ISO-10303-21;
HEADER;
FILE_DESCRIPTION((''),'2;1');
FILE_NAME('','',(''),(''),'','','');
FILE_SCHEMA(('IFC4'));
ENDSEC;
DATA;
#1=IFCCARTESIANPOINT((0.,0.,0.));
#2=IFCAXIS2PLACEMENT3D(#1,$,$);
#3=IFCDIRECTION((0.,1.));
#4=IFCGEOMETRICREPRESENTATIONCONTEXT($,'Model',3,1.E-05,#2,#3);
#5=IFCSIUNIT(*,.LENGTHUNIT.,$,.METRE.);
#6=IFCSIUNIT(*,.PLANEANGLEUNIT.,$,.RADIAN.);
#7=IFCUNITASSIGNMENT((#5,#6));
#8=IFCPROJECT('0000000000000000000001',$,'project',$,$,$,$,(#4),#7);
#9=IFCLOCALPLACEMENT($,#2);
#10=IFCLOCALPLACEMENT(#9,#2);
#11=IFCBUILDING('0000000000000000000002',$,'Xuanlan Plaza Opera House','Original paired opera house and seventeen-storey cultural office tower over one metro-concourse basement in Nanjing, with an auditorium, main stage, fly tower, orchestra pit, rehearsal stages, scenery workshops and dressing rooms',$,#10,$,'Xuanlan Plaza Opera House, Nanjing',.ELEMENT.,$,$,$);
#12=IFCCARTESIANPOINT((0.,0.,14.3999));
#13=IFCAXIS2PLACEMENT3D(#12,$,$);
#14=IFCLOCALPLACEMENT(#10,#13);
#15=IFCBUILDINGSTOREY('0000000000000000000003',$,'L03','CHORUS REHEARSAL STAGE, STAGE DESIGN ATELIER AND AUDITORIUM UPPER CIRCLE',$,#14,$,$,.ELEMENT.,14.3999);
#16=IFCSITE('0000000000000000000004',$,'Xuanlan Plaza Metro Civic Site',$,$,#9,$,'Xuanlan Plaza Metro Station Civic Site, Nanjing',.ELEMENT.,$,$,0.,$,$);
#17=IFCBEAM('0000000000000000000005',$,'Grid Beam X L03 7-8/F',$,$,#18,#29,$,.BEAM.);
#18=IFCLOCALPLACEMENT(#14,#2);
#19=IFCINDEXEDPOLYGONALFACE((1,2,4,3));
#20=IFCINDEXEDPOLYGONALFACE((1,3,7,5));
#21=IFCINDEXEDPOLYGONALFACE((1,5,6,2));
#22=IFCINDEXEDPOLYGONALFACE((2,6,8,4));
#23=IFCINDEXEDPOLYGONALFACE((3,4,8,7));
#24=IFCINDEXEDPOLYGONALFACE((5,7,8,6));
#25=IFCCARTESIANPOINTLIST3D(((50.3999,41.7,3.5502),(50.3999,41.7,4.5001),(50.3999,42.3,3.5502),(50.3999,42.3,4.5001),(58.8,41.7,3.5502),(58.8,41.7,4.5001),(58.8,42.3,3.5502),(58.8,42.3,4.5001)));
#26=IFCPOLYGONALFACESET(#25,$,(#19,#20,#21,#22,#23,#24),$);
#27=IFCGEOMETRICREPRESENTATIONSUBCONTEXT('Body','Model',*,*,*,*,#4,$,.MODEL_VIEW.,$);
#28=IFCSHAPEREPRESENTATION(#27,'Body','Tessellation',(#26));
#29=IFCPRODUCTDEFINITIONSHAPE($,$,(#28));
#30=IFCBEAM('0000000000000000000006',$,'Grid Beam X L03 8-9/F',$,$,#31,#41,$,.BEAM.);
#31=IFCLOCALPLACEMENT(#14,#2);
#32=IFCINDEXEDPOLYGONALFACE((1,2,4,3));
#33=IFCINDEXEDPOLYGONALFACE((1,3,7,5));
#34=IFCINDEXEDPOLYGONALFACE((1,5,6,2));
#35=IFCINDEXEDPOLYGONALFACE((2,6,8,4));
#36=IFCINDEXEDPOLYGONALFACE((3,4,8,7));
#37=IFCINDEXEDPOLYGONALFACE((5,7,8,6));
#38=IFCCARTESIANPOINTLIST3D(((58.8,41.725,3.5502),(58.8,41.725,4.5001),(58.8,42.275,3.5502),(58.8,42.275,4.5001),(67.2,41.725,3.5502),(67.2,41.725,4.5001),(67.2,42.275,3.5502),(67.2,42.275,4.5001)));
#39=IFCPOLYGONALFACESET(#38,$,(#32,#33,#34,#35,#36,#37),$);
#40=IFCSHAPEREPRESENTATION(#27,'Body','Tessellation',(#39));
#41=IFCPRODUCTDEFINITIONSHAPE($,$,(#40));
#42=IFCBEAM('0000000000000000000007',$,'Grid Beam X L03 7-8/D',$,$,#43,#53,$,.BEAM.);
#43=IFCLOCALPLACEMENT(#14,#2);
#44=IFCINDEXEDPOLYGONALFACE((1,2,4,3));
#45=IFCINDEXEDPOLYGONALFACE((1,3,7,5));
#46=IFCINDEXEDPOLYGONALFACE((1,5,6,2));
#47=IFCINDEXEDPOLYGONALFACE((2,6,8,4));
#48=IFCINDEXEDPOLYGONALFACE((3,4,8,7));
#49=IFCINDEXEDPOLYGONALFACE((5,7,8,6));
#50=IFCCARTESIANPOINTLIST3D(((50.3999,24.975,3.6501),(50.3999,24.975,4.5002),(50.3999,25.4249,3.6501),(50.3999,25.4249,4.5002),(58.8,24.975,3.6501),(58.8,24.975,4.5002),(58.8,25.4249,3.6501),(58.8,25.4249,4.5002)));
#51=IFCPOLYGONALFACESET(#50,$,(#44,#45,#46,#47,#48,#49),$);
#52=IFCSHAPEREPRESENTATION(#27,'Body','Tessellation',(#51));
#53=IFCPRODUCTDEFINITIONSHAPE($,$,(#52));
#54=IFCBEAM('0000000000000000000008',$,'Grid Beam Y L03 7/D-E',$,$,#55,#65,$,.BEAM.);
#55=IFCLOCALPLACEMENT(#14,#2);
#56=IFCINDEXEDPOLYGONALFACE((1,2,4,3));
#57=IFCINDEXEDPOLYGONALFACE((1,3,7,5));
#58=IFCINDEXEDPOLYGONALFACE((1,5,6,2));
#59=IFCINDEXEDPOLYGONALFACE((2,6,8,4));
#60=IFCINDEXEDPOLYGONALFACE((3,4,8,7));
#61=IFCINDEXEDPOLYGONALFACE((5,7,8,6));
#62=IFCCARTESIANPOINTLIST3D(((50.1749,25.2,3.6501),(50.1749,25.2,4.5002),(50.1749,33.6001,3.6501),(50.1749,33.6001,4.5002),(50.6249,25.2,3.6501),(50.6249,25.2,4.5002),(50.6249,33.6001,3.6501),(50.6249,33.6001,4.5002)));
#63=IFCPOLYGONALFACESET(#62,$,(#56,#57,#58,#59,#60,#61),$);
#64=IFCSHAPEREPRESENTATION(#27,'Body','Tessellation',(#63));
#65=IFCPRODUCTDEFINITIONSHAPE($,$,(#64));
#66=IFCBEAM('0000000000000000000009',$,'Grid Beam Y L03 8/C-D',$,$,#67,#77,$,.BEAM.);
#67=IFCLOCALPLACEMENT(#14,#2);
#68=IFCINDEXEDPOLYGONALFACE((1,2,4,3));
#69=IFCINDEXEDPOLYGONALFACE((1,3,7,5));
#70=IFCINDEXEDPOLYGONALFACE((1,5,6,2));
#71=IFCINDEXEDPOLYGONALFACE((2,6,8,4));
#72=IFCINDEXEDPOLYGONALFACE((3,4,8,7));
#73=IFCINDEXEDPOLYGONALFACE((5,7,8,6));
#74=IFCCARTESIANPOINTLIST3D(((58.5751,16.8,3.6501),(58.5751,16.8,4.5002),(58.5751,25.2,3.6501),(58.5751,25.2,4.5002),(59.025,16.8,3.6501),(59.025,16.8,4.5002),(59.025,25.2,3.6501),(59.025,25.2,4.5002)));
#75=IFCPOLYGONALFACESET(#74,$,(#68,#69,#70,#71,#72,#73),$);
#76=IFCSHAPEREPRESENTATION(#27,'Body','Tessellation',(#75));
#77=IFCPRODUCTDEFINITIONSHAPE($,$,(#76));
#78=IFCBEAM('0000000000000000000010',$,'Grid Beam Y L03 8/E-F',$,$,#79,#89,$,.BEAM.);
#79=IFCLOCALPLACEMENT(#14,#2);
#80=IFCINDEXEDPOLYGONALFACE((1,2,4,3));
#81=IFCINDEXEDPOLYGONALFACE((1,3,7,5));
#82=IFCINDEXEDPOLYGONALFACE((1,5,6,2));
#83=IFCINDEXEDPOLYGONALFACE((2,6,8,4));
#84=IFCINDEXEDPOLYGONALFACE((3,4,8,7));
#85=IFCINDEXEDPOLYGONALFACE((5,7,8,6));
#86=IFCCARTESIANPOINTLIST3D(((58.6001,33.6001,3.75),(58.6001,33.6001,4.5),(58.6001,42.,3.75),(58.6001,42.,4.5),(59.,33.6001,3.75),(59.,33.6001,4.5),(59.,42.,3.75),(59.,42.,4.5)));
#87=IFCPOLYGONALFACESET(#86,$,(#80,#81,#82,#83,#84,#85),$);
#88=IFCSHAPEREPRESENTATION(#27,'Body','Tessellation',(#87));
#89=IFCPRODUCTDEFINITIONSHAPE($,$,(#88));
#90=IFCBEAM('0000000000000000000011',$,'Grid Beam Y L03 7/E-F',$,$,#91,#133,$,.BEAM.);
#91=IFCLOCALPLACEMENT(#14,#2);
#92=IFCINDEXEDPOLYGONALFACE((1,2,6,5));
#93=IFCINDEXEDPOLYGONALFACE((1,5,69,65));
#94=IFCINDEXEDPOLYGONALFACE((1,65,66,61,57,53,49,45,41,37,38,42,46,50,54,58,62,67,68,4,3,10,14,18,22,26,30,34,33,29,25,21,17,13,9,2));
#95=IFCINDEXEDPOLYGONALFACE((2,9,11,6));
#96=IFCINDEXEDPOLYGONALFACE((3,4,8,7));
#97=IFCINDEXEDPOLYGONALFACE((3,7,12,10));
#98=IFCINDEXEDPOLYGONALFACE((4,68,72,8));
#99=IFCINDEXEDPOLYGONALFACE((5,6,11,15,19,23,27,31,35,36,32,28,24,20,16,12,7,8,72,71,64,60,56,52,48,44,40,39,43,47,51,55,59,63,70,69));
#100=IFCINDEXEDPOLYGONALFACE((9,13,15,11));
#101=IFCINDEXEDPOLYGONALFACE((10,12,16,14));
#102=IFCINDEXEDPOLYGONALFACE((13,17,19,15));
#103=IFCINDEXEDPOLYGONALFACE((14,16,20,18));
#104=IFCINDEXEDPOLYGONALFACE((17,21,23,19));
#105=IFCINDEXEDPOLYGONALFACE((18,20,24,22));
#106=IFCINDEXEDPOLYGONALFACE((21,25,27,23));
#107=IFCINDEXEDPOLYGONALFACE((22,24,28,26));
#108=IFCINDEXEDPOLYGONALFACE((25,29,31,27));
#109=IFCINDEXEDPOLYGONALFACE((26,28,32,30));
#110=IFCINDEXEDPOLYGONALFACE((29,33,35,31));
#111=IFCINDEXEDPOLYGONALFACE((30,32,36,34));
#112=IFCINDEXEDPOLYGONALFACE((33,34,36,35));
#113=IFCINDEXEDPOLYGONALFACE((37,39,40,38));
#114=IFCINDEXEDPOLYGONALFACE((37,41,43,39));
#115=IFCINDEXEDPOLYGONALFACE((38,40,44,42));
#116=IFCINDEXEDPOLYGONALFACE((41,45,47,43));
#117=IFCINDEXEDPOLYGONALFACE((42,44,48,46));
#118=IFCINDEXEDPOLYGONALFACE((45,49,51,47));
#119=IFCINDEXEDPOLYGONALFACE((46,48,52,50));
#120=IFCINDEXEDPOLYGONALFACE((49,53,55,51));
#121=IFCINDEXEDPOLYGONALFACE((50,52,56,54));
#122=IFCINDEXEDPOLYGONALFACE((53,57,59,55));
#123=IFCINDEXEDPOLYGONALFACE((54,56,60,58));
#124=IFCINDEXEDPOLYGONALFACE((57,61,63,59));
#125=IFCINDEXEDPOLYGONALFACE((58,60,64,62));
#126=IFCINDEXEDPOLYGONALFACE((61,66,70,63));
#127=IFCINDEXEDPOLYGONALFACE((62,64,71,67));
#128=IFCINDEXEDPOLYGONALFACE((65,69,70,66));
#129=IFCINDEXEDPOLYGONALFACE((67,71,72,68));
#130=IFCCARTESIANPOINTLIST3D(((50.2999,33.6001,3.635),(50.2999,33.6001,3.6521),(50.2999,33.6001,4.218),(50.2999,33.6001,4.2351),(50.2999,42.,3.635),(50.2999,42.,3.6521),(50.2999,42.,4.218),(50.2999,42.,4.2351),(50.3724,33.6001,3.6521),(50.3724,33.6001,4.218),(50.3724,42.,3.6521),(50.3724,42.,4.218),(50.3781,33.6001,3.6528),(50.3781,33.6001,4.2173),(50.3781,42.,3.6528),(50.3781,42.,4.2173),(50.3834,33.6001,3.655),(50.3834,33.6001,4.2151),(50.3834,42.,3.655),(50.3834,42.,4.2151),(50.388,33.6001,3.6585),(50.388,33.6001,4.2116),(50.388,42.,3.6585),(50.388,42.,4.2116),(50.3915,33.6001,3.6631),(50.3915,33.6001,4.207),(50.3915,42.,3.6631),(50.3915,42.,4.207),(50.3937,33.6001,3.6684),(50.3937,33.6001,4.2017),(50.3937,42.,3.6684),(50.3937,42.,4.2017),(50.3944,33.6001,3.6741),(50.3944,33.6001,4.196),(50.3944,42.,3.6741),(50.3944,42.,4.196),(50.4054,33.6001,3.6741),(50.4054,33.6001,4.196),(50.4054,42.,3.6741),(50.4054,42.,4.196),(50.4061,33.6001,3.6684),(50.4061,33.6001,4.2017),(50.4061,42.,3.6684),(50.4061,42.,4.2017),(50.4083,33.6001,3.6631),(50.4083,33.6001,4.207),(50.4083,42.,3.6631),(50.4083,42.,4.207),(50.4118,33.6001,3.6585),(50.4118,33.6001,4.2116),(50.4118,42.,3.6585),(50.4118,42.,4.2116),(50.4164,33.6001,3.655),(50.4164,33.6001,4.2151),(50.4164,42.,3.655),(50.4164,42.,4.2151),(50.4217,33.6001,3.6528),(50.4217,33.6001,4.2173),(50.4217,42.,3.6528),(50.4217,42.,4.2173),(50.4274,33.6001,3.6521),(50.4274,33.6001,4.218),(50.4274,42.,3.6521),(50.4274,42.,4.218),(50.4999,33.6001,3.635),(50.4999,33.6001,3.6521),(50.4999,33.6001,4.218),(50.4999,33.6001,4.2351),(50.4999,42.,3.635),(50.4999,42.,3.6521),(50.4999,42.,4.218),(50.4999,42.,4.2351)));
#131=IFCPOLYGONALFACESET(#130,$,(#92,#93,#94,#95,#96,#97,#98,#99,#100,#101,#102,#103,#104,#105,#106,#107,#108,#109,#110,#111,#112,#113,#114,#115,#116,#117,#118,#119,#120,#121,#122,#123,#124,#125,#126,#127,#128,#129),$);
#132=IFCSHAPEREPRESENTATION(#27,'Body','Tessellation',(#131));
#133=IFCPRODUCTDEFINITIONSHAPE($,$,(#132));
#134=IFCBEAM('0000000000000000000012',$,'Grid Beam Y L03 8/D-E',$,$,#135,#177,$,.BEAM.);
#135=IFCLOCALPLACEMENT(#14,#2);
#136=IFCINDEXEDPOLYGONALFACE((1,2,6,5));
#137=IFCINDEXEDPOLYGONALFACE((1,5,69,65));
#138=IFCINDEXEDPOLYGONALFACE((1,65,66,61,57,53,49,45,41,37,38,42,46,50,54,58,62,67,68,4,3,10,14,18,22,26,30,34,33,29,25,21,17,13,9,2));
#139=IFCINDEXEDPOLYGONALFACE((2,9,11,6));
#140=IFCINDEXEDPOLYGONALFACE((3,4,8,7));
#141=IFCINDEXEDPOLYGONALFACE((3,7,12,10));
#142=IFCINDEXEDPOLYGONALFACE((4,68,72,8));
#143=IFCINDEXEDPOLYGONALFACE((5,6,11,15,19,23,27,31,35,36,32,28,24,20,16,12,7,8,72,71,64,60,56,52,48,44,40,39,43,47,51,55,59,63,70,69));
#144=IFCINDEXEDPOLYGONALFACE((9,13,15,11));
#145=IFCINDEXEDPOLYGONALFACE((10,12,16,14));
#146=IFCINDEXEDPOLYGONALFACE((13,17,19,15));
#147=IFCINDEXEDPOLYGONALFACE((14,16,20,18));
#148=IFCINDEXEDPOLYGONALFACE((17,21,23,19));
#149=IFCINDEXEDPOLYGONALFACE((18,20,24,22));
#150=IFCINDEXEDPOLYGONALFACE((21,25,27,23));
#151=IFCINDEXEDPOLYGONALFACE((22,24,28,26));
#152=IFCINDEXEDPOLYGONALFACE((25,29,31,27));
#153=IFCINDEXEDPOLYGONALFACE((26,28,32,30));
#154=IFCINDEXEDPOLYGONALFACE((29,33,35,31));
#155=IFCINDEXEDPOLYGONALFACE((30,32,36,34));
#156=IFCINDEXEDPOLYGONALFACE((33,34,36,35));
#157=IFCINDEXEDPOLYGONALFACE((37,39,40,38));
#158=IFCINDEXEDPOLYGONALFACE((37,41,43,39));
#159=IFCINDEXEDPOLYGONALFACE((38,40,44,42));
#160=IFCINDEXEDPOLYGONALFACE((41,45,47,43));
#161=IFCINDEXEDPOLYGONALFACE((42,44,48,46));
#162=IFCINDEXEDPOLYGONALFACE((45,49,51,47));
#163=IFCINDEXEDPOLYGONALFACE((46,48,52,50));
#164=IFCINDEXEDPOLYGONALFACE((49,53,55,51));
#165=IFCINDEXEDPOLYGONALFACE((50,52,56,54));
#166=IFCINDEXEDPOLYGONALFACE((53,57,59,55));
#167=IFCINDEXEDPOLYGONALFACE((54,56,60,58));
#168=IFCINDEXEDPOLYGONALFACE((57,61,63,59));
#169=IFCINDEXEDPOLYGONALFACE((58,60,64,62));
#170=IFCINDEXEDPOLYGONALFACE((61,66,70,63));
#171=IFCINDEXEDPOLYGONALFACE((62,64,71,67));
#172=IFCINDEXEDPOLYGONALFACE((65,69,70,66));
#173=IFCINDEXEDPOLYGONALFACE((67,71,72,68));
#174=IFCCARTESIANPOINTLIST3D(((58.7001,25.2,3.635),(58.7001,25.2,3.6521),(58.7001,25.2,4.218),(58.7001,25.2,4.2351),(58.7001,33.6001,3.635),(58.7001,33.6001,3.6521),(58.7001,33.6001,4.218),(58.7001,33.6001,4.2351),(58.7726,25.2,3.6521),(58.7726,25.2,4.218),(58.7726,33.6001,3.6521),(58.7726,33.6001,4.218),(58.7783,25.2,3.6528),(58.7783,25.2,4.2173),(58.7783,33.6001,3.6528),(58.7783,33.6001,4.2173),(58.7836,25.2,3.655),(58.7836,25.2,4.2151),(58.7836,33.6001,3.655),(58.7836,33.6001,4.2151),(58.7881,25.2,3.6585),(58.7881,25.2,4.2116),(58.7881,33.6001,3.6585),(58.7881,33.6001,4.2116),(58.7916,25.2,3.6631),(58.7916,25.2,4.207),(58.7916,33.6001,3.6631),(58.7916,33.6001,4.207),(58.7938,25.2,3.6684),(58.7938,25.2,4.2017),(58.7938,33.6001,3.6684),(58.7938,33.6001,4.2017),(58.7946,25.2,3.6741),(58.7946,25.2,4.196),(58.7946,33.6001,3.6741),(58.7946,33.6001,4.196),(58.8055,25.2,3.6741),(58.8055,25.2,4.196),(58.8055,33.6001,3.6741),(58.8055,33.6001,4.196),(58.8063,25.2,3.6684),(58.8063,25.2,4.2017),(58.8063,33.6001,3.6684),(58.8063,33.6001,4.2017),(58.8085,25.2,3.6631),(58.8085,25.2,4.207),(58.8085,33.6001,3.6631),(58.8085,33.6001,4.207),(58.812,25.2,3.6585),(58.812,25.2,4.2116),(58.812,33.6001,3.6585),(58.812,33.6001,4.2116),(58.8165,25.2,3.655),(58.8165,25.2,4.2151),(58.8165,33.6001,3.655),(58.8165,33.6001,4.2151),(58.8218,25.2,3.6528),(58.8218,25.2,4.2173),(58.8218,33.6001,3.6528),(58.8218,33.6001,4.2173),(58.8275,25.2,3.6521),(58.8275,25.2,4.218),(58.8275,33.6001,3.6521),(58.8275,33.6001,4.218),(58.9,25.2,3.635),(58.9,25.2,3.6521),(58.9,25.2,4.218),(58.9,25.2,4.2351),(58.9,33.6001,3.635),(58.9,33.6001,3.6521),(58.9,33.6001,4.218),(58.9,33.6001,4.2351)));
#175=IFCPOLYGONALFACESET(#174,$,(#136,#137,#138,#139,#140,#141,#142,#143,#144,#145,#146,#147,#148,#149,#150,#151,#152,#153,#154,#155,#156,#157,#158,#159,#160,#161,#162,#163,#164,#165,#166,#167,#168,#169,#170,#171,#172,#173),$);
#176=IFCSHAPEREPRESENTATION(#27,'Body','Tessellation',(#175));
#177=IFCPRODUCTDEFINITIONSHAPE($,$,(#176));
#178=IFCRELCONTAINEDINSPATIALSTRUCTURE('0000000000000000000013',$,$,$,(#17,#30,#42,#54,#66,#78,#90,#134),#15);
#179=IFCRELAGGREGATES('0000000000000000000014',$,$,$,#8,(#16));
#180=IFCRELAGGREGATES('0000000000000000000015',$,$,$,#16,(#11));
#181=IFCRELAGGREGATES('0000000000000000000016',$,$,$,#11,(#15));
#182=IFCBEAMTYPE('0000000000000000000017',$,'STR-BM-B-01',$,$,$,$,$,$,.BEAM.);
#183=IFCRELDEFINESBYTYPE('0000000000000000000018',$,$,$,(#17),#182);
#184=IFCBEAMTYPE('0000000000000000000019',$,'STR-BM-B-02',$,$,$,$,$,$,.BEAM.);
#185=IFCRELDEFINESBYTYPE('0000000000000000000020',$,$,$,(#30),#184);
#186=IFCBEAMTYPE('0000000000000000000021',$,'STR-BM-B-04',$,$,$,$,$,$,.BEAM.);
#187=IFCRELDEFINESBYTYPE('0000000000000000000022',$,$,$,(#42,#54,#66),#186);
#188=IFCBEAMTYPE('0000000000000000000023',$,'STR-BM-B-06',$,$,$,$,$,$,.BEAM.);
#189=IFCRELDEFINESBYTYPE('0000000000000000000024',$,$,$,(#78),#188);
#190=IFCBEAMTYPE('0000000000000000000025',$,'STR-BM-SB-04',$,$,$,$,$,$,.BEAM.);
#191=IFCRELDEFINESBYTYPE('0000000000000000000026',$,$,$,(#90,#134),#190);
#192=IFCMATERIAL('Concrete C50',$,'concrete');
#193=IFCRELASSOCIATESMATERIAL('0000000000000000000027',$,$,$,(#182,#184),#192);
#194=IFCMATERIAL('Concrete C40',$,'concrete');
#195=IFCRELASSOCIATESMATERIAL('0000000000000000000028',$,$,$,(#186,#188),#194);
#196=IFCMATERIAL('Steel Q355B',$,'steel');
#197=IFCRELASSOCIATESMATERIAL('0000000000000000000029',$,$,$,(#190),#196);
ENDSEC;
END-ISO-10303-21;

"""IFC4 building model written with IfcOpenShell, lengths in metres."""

from ifc_helpers import new_model, si_unit, direction, frame, origin, origin_2d, place, context, subcontext, project, spatial, rectangle, i_section, extrude, material, material_profile, profile_set, type_object, element, save


model = new_model("IFC4")

# Units and contexts
model_context = context("Model", 3, precision=1e-05, world=origin(), true_north=direction((0.0, 1.0)))
body_context = subcontext(model_context, "Body", "Model", "MODEL_VIEW")
ifc_project = project(units=[si_unit("LENGTHUNIT", "METRE"), si_unit("PLANEANGLEUNIT", "RADIAN")], contexts=[model_context])

# Site, building, storey
site_placement = place(None, origin())
site = spatial("IfcSite", under=ifc_project, at=site_placement, Name="Xuanlan Plaza Metro Civic Site", LongName="Xuanlan Plaza Metro Station Civic Site, Nanjing", CompositionType="ELEMENT", RefElevation=0.0)
building_placement = place(site_placement, origin())
building = spatial("IfcBuilding", under=site, at=building_placement, Name="Xuanlan Plaza Opera House", Description="Original paired opera house and seventeen-storey cultural office tower over one metro-concourse basement in Nanjing, with an auditorium, main stage, fly tower, orchestra pit, rehearsal stages, scenery workshops and dressing rooms", LongName="Xuanlan Plaza Opera House, Nanjing", CompositionType="ELEMENT")
storey_placement = place(building_placement, frame((0.0, 0.0, 14.3999)))
storey = spatial("IfcBuildingStorey", under=building, at=storey_placement, Name="L03", Description="CHORUS REHEARSAL STAGE, STAGE DESIGN ATELIER AND AUDITORIUM UPPER CIRCLE", CompositionType="ELEMENT", Elevation=14.3999)

# Shared definitions
ifc_material_1 = material(Name="Concrete C40", Category="concrete")

# Beams
ifc_material_2 = material(Name="Concrete C50", Category="concrete")
ifc_material_profile_1 = material_profile(ifc_material_2, rectangle(XDim=0.6001, YDim=0.95, at=origin_2d()), Name="RC-BM 600x950")
ifc_profile_set_1 = profile_set([ifc_material_profile_1], Name="Concrete C50")
beam_type_1 = type_object("IfcBeamType", Name="STR-BM-B-01", PredefinedType="BEAM", material=ifc_profile_set_1)
beam_1_placement = place(storey_placement, frame((50.3999, 42.0, 4.0251), z_axis=(1.0, 0.0, 0.0), x_axis=(0.0, 1.0, 0.0)))
element("IfcBeam", 1, at=beam_1_placement, inside=storey, type_object=beam_type_1, Name="Grid Beam X L03 7-8/F", PredefinedType="BEAM", context=body_context, shape_type="SweptSolid", body=[
    extrude(rectangle(XDim=0.6001, YDim=0.95, at=origin_2d()), origin(), (0.0, 0.0, 1.0), 8.4001),
])
ifc_material_profile_2 = material_profile(ifc_material_2, rectangle(XDim=0.55, YDim=0.95, at=origin_2d()), Name="RC-BM 550x950")
ifc_profile_set_2 = profile_set([ifc_material_profile_2], Name="Concrete C50")
beam_type_2 = type_object("IfcBeamType", Name="STR-BM-B-02", PredefinedType="BEAM", material=ifc_profile_set_2)
beam_2_placement = place(storey_placement, frame((58.8, 42.0, 4.0251), z_axis=(1.0, 0.0, 0.0), x_axis=(0.0, 1.0, 0.0)))
element("IfcBeam", 2, at=beam_2_placement, inside=storey, type_object=beam_type_2, Name="Grid Beam X L03 8-9/F", PredefinedType="BEAM", context=body_context, shape_type="SweptSolid", body=[
    extrude(rectangle(XDim=0.55, YDim=0.95, at=origin_2d()), origin(), (0.0, 0.0, 1.0), 8.3999),
])
ifc_material_profile_3 = material_profile(ifc_material_1, rectangle(XDim=0.45, YDim=0.8501, at=origin_2d()), Name="RC-BM 450x850")
ifc_profile_set_3 = profile_set([ifc_material_profile_3], Name="Concrete C40")
beam_type_3 = type_object("IfcBeamType", Name="STR-BM-B-04", PredefinedType="BEAM", material=ifc_profile_set_3)
for number, where, z_axis, x_axis, name in (
    (3, (50.3999, 25.2, 4.0752), (1.0, 0.0, 0.0), (0.0, 1.0, 0.0), "Grid Beam X L03 7-8/D"),
    (4, (50.3999, 25.2, 4.0752), (0.0, 1.0, 0.0), (-1.0, 0.0, 0.0), "Grid Beam Y L03 7/D-E"),
):
    element("IfcBeam", number, at=place(storey_placement, frame(where, z_axis=z_axis, x_axis=x_axis)), inside=storey, type_object=beam_type_3, Name=name, PredefinedType="BEAM", context=body_context, shape_type="SweptSolid", body=[
        extrude(rectangle(XDim=0.45, YDim=0.8501, at=origin_2d()), origin(), (0.0, 0.0, 1.0), 8.4001),
    ])
beam_3_placement = place(storey_placement, frame((58.8, 16.8, 4.0752), z_axis=(0.0, 1.0, 0.0), x_axis=(-1.0, 0.0, 0.0)))
element("IfcBeam", 5, at=beam_3_placement, inside=storey, type_object=beam_type_3, Name="Grid Beam Y L03 8/C-D", PredefinedType="BEAM", context=body_context, shape_type="SweptSolid", body=[
    extrude(rectangle(XDim=0.45, YDim=0.8501, at=origin_2d()), origin(), (0.0, 0.0, 1.0), 8.3999),
])
ifc_material_profile_4 = material_profile(ifc_material_1, rectangle(XDim=0.3999, YDim=0.75, at=origin_2d()), Name="RC-BM 400x750")
ifc_profile_set_4 = profile_set([ifc_material_profile_4], Name="Concrete C40")
beam_type_4 = type_object("IfcBeamType", Name="STR-BM-B-06", PredefinedType="BEAM", material=ifc_profile_set_4)
beam_4_placement = place(storey_placement, frame((58.8, 33.6001, 4.125), z_axis=(0.0, 1.0, 0.0), x_axis=(-1.0, 0.0, 0.0)))
element("IfcBeam", 6, at=beam_4_placement, inside=storey, type_object=beam_type_4, Name="Grid Beam Y L03 8/E-F", PredefinedType="BEAM", context=body_context, shape_type="SweptSolid", body=[
    extrude(rectangle(XDim=0.3999, YDim=0.75, at=origin_2d()), origin(), (0.0, 0.0, 1.0), 8.3999),
])
ifc_material_3 = material(Name="Steel Q355B", Category="steel")
ifc_material_profile_5 = material_profile(ifc_material_3, i_section(OverallWidth=0.2, OverallDepth=0.6001, WebThickness=0.011, FlangeThickness=0.0171, FilletRadius=0.022, at=origin_2d()), Name="HN 600x200x11x17")
ifc_profile_set_5 = profile_set([ifc_material_profile_5], Name="Steel Q355B")
beam_type_5 = type_object("IfcBeamType", Name="STR-BM-SB-04", PredefinedType="BEAM", material=ifc_profile_set_5)
beam_5_placement = place(storey_placement, frame((50.3999, 33.6001, 3.9351), z_axis=(0.0, 1.0, 0.0), x_axis=(-1.0, 0.0, 0.0)))
element("IfcBeam", 7, at=beam_5_placement, inside=storey, type_object=beam_type_5, Name="Grid Beam Y L03 7/E-F", PredefinedType="BEAM", context=body_context, shape_type="SweptSolid", body=[
    extrude(i_section(OverallWidth=0.2, OverallDepth=0.6001, WebThickness=0.011, FlangeThickness=0.0171, FilletRadius=0.022, at=origin_2d()), origin(), (0.0, 0.0, 1.0), 8.3999),
])
beam_6_placement = place(storey_placement, frame((58.8, 25.2, 3.9351), z_axis=(0.0, 1.0, 0.0), x_axis=(-1.0, 0.0, 0.0)))
element("IfcBeam", 8, at=beam_6_placement, inside=storey, type_object=beam_type_5, Name="Grid Beam Y L03 8/D-E", PredefinedType="BEAM", context=body_context, shape_type="SweptSolid", body=[
    extrude(i_section(OverallWidth=0.2, OverallDepth=0.6001, WebThickness=0.011, FlangeThickness=0.0171, FilletRadius=0.022, at=origin_2d()), origin(), (0.0, 0.0, 1.0), 8.4001),
])

save(model, "model.ifc")
